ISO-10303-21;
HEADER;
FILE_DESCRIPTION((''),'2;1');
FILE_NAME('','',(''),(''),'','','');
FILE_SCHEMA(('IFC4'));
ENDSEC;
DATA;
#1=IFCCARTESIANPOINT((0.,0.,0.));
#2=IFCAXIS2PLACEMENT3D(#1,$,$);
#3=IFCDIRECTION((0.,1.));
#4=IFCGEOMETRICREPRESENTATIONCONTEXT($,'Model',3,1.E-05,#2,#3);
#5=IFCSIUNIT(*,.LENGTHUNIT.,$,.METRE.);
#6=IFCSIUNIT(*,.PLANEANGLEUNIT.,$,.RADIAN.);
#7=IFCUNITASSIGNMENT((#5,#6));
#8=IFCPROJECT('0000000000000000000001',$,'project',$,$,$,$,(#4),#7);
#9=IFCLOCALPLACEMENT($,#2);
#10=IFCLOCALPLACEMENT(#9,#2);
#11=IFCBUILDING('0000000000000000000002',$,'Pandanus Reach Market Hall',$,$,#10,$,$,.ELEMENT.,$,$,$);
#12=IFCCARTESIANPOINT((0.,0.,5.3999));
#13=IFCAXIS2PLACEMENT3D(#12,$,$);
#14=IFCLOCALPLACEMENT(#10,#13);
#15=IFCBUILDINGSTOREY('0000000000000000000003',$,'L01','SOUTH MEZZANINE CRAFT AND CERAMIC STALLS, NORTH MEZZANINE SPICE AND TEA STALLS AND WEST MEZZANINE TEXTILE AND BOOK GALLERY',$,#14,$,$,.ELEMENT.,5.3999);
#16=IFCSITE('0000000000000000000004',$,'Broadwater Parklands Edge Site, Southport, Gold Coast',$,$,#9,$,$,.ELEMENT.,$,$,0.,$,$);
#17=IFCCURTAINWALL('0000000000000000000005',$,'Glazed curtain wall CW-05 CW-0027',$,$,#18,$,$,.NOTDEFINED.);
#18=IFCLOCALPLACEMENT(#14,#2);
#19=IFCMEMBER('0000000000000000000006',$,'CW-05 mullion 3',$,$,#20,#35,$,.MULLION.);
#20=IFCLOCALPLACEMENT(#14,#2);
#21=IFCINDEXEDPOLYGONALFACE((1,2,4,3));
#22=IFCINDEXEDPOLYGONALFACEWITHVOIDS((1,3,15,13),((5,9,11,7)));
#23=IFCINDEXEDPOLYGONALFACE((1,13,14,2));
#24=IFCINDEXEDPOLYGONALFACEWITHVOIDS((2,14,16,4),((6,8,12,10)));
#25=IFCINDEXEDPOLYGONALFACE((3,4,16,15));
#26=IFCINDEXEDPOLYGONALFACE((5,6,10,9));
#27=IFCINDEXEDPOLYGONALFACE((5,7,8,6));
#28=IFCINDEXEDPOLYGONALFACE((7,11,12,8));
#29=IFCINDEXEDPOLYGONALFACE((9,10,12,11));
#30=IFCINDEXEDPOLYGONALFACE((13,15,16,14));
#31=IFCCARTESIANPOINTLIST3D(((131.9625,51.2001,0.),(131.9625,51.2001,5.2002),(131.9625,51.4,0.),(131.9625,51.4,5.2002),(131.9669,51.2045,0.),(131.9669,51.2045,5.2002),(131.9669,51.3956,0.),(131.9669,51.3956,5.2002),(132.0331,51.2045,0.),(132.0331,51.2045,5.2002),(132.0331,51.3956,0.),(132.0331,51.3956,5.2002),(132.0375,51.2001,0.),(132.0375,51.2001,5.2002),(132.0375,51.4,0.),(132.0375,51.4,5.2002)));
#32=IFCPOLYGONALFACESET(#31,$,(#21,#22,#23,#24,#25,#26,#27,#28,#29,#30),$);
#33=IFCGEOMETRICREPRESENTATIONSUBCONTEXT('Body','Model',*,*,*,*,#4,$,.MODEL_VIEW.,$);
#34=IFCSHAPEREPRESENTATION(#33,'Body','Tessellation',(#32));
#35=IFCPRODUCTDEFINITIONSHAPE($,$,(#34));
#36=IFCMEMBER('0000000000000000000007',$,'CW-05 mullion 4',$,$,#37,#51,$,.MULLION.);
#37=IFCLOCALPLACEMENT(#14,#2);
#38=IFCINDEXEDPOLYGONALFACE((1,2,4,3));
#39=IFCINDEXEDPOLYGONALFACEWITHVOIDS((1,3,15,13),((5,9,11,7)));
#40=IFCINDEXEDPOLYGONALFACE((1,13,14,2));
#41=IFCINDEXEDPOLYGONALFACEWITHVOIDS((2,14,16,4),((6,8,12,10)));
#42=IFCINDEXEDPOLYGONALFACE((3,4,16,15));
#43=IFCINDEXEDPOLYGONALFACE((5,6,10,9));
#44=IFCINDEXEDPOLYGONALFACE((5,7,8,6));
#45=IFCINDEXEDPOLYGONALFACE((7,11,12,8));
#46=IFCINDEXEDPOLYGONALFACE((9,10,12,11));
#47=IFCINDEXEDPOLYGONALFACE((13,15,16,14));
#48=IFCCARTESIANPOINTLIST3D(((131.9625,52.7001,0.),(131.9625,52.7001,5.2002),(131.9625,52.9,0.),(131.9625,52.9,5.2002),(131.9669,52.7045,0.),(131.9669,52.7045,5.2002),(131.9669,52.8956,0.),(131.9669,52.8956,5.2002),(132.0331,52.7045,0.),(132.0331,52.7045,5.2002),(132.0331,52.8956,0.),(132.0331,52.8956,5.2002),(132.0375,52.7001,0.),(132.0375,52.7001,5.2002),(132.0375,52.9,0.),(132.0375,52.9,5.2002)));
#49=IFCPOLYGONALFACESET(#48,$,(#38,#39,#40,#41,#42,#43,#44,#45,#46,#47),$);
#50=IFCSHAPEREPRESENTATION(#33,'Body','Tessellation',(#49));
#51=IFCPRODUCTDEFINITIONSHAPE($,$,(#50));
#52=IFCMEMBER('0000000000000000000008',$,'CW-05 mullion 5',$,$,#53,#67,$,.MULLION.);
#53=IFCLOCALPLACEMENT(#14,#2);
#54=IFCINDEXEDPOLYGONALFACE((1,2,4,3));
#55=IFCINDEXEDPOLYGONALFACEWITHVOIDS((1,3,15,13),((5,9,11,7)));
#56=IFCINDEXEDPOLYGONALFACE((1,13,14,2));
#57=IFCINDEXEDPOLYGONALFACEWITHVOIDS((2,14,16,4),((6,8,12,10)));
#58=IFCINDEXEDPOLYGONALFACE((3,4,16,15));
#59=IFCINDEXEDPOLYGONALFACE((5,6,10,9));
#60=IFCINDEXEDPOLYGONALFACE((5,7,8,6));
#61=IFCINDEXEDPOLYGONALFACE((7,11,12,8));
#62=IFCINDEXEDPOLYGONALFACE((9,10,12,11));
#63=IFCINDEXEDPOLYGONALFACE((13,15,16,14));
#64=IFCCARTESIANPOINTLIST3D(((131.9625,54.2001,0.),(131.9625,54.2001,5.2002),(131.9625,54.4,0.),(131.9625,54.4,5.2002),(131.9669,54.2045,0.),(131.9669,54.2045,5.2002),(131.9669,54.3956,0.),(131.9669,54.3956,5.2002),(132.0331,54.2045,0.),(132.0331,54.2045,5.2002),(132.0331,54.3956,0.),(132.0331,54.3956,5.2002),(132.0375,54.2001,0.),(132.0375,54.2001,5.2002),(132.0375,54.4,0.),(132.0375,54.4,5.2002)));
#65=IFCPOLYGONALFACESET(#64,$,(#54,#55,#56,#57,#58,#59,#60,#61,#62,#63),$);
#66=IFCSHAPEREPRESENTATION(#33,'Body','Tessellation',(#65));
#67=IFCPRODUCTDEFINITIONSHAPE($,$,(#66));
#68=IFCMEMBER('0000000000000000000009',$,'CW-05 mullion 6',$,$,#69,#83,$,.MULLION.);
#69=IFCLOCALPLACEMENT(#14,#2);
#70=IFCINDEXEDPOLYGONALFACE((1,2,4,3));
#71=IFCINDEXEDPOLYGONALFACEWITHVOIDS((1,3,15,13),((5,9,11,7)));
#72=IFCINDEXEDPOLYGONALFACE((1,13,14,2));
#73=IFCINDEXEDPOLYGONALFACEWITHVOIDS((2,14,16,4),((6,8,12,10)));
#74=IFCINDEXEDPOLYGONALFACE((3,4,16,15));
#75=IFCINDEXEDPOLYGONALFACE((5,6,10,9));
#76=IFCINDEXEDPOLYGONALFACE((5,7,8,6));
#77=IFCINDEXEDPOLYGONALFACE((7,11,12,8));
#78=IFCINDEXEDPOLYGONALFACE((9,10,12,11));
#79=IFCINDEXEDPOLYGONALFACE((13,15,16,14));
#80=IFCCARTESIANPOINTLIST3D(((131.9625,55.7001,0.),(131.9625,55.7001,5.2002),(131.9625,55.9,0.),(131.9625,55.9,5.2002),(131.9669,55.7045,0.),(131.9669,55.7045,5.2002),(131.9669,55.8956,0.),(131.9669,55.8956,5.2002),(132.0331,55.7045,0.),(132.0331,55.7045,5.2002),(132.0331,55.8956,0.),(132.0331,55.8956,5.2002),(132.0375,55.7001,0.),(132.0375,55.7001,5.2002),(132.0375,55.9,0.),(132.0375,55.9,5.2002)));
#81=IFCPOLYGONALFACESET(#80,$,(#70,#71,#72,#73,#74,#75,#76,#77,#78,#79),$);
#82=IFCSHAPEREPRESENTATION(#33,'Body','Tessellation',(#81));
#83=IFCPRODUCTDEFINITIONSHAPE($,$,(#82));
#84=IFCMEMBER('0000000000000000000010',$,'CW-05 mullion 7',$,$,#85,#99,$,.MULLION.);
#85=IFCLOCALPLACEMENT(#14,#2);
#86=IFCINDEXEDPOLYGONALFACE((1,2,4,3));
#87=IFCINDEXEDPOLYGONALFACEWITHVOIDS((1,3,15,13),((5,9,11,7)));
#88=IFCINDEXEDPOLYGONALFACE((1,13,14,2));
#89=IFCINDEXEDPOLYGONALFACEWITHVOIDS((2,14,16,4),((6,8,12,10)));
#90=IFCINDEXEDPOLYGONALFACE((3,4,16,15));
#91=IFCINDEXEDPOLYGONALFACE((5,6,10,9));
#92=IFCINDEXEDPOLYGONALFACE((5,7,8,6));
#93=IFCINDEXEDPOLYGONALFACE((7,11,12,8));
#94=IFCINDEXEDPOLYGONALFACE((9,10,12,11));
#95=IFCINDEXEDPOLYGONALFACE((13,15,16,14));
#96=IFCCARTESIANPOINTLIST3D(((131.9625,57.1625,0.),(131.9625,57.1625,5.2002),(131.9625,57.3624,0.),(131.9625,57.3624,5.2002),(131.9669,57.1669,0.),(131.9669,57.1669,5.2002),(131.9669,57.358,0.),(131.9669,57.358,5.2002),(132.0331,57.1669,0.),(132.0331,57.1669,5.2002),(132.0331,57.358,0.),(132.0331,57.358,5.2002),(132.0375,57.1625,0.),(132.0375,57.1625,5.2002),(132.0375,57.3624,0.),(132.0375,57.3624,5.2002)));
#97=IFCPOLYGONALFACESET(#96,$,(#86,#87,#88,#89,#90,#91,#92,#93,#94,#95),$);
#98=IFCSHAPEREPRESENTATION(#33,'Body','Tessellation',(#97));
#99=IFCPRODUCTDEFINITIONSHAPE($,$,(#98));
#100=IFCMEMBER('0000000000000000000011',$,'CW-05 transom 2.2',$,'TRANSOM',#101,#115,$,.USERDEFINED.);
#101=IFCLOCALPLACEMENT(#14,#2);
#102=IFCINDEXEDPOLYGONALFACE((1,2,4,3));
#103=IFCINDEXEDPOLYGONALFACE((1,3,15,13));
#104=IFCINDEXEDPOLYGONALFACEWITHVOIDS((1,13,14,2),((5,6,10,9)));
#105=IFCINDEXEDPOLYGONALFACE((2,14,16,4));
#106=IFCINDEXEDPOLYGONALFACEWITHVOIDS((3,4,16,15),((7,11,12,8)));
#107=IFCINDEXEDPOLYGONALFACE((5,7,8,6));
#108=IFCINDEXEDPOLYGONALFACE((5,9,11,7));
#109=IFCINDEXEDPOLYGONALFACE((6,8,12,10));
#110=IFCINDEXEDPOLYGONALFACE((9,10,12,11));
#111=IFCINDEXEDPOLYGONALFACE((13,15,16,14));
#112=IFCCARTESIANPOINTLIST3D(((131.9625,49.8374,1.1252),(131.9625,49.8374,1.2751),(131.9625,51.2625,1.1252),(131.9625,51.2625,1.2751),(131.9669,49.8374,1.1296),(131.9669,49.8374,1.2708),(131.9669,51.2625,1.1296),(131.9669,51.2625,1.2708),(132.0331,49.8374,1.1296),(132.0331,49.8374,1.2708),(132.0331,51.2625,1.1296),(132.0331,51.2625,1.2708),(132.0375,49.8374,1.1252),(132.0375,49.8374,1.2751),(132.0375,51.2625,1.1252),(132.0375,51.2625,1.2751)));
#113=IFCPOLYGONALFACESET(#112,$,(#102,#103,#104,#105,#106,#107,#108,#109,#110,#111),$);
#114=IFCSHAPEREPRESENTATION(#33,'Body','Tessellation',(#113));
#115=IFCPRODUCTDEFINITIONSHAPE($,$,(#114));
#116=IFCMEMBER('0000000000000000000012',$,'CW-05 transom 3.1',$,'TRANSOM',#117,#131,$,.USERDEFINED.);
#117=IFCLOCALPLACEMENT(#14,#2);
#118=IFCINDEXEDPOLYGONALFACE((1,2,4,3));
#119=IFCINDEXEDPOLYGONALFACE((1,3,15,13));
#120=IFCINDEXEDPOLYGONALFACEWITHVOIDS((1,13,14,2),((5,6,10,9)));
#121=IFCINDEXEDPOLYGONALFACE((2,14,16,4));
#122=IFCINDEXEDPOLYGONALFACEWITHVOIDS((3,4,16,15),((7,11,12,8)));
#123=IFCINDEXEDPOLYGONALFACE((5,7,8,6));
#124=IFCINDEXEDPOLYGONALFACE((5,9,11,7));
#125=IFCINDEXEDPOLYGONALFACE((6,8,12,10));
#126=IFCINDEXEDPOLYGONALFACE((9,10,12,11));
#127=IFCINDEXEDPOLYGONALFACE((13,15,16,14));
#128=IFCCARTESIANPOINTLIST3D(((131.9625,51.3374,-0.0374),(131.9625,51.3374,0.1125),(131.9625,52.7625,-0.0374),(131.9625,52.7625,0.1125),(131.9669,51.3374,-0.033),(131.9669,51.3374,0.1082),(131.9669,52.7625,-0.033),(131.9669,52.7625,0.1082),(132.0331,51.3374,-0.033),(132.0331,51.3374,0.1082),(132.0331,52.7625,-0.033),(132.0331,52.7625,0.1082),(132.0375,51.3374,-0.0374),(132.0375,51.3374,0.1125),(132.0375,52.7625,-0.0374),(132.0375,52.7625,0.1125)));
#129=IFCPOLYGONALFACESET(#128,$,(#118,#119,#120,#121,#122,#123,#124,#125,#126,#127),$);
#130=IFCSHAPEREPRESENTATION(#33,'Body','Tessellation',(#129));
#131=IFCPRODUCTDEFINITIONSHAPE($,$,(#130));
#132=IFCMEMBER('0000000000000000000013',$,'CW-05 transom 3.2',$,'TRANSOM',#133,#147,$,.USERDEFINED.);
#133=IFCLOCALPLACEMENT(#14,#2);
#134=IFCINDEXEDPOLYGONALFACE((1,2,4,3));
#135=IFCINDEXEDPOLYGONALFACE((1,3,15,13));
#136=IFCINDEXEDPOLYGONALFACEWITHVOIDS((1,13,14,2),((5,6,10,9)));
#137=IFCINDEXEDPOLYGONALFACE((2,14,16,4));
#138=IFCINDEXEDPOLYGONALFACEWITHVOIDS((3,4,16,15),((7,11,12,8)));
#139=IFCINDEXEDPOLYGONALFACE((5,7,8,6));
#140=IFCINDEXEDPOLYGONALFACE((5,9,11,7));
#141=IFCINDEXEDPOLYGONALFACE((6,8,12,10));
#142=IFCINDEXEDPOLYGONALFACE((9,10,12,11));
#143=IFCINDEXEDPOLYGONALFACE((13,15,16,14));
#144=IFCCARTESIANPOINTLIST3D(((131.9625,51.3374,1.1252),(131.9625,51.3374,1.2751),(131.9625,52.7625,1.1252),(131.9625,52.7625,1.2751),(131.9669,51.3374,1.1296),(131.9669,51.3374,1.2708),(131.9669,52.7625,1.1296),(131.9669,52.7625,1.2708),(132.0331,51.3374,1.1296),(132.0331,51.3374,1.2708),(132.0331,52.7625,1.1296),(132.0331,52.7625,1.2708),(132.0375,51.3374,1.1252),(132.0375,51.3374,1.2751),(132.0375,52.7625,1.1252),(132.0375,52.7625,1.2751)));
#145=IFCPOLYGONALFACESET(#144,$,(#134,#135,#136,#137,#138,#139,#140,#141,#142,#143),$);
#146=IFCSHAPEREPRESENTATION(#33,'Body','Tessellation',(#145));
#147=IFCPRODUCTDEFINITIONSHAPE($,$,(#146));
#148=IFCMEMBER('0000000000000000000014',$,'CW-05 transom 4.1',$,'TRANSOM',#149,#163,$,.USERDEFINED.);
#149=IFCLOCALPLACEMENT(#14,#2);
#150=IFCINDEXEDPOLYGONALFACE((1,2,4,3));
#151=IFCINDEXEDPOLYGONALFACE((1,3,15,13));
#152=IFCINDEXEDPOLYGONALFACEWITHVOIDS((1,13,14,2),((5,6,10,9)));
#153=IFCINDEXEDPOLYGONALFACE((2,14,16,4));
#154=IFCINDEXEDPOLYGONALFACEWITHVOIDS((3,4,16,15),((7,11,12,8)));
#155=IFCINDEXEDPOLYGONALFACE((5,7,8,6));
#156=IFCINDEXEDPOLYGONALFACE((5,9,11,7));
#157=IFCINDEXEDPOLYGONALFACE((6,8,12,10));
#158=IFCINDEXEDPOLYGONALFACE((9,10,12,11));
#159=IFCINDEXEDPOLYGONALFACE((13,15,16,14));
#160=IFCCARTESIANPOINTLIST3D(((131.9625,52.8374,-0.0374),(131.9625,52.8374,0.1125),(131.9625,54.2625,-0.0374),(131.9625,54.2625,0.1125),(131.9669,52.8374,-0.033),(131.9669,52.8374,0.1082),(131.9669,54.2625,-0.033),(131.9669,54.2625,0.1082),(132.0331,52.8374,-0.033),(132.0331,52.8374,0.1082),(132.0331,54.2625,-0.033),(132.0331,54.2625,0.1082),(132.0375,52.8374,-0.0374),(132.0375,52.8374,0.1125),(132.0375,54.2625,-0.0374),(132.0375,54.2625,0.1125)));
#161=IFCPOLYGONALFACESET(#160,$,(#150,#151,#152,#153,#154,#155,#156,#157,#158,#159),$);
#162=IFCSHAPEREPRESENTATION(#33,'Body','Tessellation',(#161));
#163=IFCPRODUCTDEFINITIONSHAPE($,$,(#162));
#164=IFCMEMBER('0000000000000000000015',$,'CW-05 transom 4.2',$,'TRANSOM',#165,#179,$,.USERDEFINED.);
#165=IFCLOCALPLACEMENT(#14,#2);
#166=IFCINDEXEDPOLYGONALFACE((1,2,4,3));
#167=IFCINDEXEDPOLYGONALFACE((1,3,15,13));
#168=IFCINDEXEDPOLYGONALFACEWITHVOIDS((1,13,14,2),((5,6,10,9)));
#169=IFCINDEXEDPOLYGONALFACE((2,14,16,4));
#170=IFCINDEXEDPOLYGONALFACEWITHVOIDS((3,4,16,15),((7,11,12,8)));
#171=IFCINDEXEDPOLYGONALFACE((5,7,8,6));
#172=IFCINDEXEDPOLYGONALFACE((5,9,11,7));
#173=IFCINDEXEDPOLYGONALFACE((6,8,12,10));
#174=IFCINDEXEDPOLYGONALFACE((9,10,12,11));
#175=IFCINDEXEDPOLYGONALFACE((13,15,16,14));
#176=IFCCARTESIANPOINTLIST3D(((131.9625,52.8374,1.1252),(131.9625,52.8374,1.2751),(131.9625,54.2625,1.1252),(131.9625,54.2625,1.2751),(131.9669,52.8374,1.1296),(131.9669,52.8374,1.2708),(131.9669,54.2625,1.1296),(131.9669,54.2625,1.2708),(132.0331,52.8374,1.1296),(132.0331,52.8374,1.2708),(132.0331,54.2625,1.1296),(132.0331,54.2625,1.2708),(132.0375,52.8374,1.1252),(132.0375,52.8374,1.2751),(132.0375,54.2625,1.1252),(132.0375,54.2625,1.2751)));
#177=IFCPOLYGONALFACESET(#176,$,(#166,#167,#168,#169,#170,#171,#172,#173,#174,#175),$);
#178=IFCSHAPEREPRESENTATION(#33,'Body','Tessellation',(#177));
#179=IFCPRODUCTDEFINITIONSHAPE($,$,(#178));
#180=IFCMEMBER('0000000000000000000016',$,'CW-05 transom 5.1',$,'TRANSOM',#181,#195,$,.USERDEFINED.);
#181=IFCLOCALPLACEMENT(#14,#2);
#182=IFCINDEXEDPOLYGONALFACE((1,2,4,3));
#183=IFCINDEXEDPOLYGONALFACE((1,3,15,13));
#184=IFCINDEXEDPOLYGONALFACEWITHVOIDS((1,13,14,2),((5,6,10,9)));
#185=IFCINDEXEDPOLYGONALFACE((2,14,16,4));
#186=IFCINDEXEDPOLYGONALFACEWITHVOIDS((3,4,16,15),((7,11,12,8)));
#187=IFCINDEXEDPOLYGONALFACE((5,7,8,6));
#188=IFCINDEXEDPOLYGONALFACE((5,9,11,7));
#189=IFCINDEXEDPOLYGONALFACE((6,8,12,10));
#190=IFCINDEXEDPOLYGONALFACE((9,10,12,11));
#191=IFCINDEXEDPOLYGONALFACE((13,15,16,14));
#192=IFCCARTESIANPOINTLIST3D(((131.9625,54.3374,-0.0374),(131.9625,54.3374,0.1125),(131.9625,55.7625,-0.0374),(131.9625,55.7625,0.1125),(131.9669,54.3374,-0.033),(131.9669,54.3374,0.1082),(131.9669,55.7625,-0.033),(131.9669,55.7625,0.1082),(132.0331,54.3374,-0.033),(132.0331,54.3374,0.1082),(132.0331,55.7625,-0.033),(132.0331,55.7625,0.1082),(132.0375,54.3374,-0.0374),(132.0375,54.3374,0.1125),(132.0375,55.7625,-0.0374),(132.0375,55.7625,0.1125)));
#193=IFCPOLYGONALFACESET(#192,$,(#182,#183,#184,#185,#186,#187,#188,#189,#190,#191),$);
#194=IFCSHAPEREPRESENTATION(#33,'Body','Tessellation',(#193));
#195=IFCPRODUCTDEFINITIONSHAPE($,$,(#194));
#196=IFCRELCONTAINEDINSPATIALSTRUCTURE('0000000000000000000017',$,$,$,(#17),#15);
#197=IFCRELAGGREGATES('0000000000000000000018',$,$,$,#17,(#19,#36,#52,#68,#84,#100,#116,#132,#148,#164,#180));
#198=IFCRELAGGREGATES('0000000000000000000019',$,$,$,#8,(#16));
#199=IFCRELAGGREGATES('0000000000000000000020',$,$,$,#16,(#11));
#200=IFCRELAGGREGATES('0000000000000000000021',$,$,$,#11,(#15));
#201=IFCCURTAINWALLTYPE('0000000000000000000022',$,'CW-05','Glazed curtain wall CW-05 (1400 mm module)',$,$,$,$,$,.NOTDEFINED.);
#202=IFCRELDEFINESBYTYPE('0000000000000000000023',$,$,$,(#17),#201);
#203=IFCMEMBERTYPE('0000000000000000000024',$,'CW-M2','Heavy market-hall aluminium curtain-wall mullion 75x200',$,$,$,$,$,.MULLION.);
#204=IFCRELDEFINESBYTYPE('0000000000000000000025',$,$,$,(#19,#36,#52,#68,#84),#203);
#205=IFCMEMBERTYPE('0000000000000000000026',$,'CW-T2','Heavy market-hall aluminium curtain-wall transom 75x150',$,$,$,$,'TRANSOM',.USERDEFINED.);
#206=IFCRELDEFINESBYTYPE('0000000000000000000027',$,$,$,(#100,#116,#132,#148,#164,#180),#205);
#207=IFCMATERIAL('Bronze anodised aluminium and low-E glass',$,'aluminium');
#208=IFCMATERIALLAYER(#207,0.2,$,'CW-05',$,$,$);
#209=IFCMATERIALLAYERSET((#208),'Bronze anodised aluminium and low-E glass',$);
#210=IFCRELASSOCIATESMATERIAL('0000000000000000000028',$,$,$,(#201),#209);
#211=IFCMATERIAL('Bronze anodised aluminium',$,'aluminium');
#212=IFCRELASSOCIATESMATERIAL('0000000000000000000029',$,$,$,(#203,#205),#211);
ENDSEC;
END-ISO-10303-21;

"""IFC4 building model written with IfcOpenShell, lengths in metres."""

from ifc_helpers import new_model, si_unit, direction, frame, origin, origin_2d, place, context, subcontext, project, spatial, hollow_rectangle, extrude, material, layer, layer_set, material_profile, profile_set, type_object, element, aggregate, save


model = new_model("IFC4")

# Units and contexts
model_context = context("Model", 3, precision=1e-05, world=origin(), true_north=direction((0.0, 1.0)))
body_context = subcontext(model_context, "Body", "Model", "MODEL_VIEW")
ifc_project = project(units=[si_unit("LENGTHUNIT", "METRE"), si_unit("PLANEANGLEUNIT", "RADIAN")], contexts=[model_context])

# Site, building, storey
site_placement = place(None, origin())
site = spatial("IfcSite", under=ifc_project, at=site_placement, Name="Broadwater Parklands Edge Site, Southport, Gold Coast", CompositionType="ELEMENT", RefElevation=0.0)
building_placement = place(site_placement, origin())
building = spatial("IfcBuilding", under=site, at=building_placement, Name="Pandanus Reach Market Hall", CompositionType="ELEMENT")
storey_placement = place(building_placement, frame((0.0, 0.0, 5.3999)))
storey = spatial("IfcBuildingStorey", under=building, at=storey_placement, Name="L01", Description="SOUTH MEZZANINE CRAFT AND CERAMIC STALLS, NORTH MEZZANINE SPICE AND TEA STALLS AND WEST MEZZANINE TEXTILE AND BOOK GALLERY", CompositionType="ELEMENT", Elevation=5.3999)

# Curtain wall, members
ifc_material_1 = material(Name="Bronze anodised aluminium and low-E glass", Category="aluminium")
ifc_layer_1 = layer(ifc_material_1, 0.2, Name="CW-05")
ifc_layer_set_1 = layer_set([ifc_layer_1], Name="Bronze anodised aluminium and low-E glass")
curtain_wall_type = type_object("IfcCurtainWallType", Name="CW-05", Description="Glazed curtain wall CW-05 (1400 mm module)", PredefinedType="NOTDEFINED", material=ifc_layer_set_1)
curtain_wall_placement = place(storey_placement, origin())
curtain_wall = element("IfcCurtainWall", 1, at=curtain_wall_placement, inside=storey, type_object=curtain_wall_type, Name="Glazed curtain wall CW-05 CW-0027", PredefinedType="NOTDEFINED")
ifc_material_2 = material(Name="Bronze anodised aluminium", Category="aluminium")
ifc_material_profile_1 = material_profile(ifc_material_2, hollow_rectangle(XDim=0.075, YDim=0.2, WallThickness=0.0044, at=origin_2d()), Name="ALU75x200", Category="LoadBearing")
ifc_profile_set_1 = profile_set([ifc_material_profile_1], Name="Bronze anodised aluminium")
member_type_1 = type_object("IfcMemberType", Name="CW-M2", Description="Heavy market-hall aluminium curtain-wall mullion 75x200", PredefinedType="MULLION", material=ifc_profile_set_1)
member_1_placement = place(storey_placement, frame((132.0, 51.3, 0.0), z_axis=(0.0, 0.0, 1.0), x_axis=(-1.0, 0.0, 0.0)))
member_1 = element("IfcMember", 2, at=member_1_placement, type_object=member_type_1, Name="CW-05 mullion 3", PredefinedType="MULLION", context=body_context, shape_type="SweptSolid", body=[
    extrude(hollow_rectangle(XDim=0.075, YDim=0.2, WallThickness=0.0044, at=origin_2d()), origin(), (0.0, 0.0, 1.0), 5.2002),
])
member_2_placement = place(storey_placement, frame((132.0, 52.8, 0.0), z_axis=(0.0, 0.0, 1.0), x_axis=(-1.0, 0.0, 0.0)))
member_2 = element("IfcMember", 3, at=member_2_placement, type_object=member_type_1, Name="CW-05 mullion 4", PredefinedType="MULLION", context=body_context, shape_type="SweptSolid", body=[
    extrude(hollow_rectangle(XDim=0.075, YDim=0.2, WallThickness=0.0044, at=origin_2d()), origin(), (0.0, 0.0, 1.0), 5.2002),
])
member_3_placement = place(storey_placement, frame((132.0, 54.3, 0.0), z_axis=(0.0, 0.0, 1.0), x_axis=(-1.0, 0.0, 0.0)))
member_3 = element("IfcMember", 4, at=member_3_placement, type_object=member_type_1, Name="CW-05 mullion 5", PredefinedType="MULLION", context=body_context, shape_type="SweptSolid", body=[
    extrude(hollow_rectangle(XDim=0.075, YDim=0.2, WallThickness=0.0044, at=origin_2d()), origin(), (0.0, 0.0, 1.0), 5.2002),
])
member_4_placement = place(storey_placement, frame((132.0, 55.8, 0.0), z_axis=(0.0, 0.0, 1.0), x_axis=(-1.0, 0.0, 0.0)))
member_4 = element("IfcMember", 5, at=member_4_placement, type_object=member_type_1, Name="CW-05 mullion 6", PredefinedType="MULLION", context=body_context, shape_type="SweptSolid", body=[
    extrude(hollow_rectangle(XDim=0.075, YDim=0.2, WallThickness=0.0044, at=origin_2d()), origin(), (0.0, 0.0, 1.0), 5.2002),
])
member_5_placement = place(storey_placement, frame((132.0, 57.2625, 0.0), z_axis=(0.0, 0.0, 1.0), x_axis=(-1.0, 0.0, 0.0)))
member_5 = element("IfcMember", 6, at=member_5_placement, type_object=member_type_1, Name="CW-05 mullion 7", PredefinedType="MULLION", context=body_context, shape_type="SweptSolid", body=[
    extrude(hollow_rectangle(XDim=0.075, YDim=0.2, WallThickness=0.0044, at=origin_2d()), origin(), (0.0, 0.0, 1.0), 5.2002),
])
ifc_material_profile_2 = material_profile(ifc_material_2, hollow_rectangle(XDim=0.075, YDim=0.1499, WallThickness=0.0044, at=origin_2d()), Name="ALU75x150", Category="LoadBearing")
ifc_profile_set_2 = profile_set([ifc_material_profile_2], Name="Bronze anodised aluminium")
member_type_2 = type_object("IfcMemberType", Name="CW-T2", Description="Heavy market-hall aluminium curtain-wall transom 75x150", ElementType="TRANSOM", PredefinedType="USERDEFINED", material=ifc_profile_set_2)
member_6_placement = place(storey_placement, frame((132.0, 49.8374, 1.2002), z_axis=(0.0, 1.0, 0.0), x_axis=(-1.0, 0.0, 0.0)))
member_6 = element("IfcMember", 7, at=member_6_placement, type_object=member_type_2, Name="CW-05 transom 2.2", ObjectType="TRANSOM", PredefinedType="USERDEFINED", context=body_context, shape_type="SweptSolid", body=[
    extrude(hollow_rectangle(XDim=0.075, YDim=0.1499, WallThickness=0.0044, at=origin_2d()), origin(), (0.0, 0.0, 1.0), 1.425),
])
member_7_placement = place(storey_placement, frame((132.0, 51.3374, 0.0376), z_axis=(0.0, 1.0, 0.0), x_axis=(-1.0, 0.0, 0.0)))
member_7 = element("IfcMember", 8, at=member_7_placement, type_object=member_type_2, Name="CW-05 transom 3.1", ObjectType="TRANSOM", PredefinedType="USERDEFINED", context=body_context, shape_type="SweptSolid", body=[
    extrude(hollow_rectangle(XDim=0.075, YDim=0.1499, WallThickness=0.0044, at=origin_2d()), origin(), (0.0, 0.0, 1.0), 1.425),
])
member_8_placement = place(storey_placement, frame((132.0, 51.3374, 1.2002), z_axis=(0.0, 1.0, 0.0), x_axis=(-1.0, 0.0, 0.0)))
member_8 = element("IfcMember", 9, at=member_8_placement, type_object=member_type_2, Name="CW-05 transom 3.2", ObjectType="TRANSOM", PredefinedType="USERDEFINED", context=body_context, shape_type="SweptSolid", body=[
    extrude(hollow_rectangle(XDim=0.075, YDim=0.1499, WallThickness=0.0044, at=origin_2d()), origin(), (0.0, 0.0, 1.0), 1.425),
])
member_9_placement = place(storey_placement, frame((132.0, 52.8374, 0.0376), z_axis=(0.0, 1.0, 0.0), x_axis=(-1.0, 0.0, 0.0)))
member_9 = element("IfcMember", 10, at=member_9_placement, type_object=member_type_2, Name="CW-05 transom 4.1", ObjectType="TRANSOM", PredefinedType="USERDEFINED", context=body_context, shape_type="SweptSolid", body=[
    extrude(hollow_rectangle(XDim=0.075, YDim=0.1499, WallThickness=0.0044, at=origin_2d()), origin(), (0.0, 0.0, 1.0), 1.425),
])
member_10_placement = place(storey_placement, frame((132.0, 52.8374, 1.2002), z_axis=(0.0, 1.0, 0.0), x_axis=(-1.0, 0.0, 0.0)))
member_10 = element("IfcMember", 11, at=member_10_placement, type_object=member_type_2, Name="CW-05 transom 4.2", ObjectType="TRANSOM", PredefinedType="USERDEFINED", context=body_context, shape_type="SweptSolid", body=[
    extrude(hollow_rectangle(XDim=0.075, YDim=0.1499, WallThickness=0.0044, at=origin_2d()), origin(), (0.0, 0.0, 1.0), 1.425),
])
member_11_placement = place(storey_placement, frame((132.0, 54.3374, 0.0376), z_axis=(0.0, 1.0, 0.0), x_axis=(-1.0, 0.0, 0.0)))
member_11 = element("IfcMember", 12, at=member_11_placement, type_object=member_type_2, Name="CW-05 transom 5.1", ObjectType="TRANSOM", PredefinedType="USERDEFINED", context=body_context, shape_type="SweptSolid", body=[
    extrude(hollow_rectangle(XDim=0.075, YDim=0.1499, WallThickness=0.0044, at=origin_2d()), origin(), (0.0, 0.0, 1.0), 1.425),
])
aggregate(curtain_wall, [member_1, member_2, member_3, member_4, member_5, member_6, member_7, member_8, member_9, member_10, member_11])

save(model, "model.ifc")
